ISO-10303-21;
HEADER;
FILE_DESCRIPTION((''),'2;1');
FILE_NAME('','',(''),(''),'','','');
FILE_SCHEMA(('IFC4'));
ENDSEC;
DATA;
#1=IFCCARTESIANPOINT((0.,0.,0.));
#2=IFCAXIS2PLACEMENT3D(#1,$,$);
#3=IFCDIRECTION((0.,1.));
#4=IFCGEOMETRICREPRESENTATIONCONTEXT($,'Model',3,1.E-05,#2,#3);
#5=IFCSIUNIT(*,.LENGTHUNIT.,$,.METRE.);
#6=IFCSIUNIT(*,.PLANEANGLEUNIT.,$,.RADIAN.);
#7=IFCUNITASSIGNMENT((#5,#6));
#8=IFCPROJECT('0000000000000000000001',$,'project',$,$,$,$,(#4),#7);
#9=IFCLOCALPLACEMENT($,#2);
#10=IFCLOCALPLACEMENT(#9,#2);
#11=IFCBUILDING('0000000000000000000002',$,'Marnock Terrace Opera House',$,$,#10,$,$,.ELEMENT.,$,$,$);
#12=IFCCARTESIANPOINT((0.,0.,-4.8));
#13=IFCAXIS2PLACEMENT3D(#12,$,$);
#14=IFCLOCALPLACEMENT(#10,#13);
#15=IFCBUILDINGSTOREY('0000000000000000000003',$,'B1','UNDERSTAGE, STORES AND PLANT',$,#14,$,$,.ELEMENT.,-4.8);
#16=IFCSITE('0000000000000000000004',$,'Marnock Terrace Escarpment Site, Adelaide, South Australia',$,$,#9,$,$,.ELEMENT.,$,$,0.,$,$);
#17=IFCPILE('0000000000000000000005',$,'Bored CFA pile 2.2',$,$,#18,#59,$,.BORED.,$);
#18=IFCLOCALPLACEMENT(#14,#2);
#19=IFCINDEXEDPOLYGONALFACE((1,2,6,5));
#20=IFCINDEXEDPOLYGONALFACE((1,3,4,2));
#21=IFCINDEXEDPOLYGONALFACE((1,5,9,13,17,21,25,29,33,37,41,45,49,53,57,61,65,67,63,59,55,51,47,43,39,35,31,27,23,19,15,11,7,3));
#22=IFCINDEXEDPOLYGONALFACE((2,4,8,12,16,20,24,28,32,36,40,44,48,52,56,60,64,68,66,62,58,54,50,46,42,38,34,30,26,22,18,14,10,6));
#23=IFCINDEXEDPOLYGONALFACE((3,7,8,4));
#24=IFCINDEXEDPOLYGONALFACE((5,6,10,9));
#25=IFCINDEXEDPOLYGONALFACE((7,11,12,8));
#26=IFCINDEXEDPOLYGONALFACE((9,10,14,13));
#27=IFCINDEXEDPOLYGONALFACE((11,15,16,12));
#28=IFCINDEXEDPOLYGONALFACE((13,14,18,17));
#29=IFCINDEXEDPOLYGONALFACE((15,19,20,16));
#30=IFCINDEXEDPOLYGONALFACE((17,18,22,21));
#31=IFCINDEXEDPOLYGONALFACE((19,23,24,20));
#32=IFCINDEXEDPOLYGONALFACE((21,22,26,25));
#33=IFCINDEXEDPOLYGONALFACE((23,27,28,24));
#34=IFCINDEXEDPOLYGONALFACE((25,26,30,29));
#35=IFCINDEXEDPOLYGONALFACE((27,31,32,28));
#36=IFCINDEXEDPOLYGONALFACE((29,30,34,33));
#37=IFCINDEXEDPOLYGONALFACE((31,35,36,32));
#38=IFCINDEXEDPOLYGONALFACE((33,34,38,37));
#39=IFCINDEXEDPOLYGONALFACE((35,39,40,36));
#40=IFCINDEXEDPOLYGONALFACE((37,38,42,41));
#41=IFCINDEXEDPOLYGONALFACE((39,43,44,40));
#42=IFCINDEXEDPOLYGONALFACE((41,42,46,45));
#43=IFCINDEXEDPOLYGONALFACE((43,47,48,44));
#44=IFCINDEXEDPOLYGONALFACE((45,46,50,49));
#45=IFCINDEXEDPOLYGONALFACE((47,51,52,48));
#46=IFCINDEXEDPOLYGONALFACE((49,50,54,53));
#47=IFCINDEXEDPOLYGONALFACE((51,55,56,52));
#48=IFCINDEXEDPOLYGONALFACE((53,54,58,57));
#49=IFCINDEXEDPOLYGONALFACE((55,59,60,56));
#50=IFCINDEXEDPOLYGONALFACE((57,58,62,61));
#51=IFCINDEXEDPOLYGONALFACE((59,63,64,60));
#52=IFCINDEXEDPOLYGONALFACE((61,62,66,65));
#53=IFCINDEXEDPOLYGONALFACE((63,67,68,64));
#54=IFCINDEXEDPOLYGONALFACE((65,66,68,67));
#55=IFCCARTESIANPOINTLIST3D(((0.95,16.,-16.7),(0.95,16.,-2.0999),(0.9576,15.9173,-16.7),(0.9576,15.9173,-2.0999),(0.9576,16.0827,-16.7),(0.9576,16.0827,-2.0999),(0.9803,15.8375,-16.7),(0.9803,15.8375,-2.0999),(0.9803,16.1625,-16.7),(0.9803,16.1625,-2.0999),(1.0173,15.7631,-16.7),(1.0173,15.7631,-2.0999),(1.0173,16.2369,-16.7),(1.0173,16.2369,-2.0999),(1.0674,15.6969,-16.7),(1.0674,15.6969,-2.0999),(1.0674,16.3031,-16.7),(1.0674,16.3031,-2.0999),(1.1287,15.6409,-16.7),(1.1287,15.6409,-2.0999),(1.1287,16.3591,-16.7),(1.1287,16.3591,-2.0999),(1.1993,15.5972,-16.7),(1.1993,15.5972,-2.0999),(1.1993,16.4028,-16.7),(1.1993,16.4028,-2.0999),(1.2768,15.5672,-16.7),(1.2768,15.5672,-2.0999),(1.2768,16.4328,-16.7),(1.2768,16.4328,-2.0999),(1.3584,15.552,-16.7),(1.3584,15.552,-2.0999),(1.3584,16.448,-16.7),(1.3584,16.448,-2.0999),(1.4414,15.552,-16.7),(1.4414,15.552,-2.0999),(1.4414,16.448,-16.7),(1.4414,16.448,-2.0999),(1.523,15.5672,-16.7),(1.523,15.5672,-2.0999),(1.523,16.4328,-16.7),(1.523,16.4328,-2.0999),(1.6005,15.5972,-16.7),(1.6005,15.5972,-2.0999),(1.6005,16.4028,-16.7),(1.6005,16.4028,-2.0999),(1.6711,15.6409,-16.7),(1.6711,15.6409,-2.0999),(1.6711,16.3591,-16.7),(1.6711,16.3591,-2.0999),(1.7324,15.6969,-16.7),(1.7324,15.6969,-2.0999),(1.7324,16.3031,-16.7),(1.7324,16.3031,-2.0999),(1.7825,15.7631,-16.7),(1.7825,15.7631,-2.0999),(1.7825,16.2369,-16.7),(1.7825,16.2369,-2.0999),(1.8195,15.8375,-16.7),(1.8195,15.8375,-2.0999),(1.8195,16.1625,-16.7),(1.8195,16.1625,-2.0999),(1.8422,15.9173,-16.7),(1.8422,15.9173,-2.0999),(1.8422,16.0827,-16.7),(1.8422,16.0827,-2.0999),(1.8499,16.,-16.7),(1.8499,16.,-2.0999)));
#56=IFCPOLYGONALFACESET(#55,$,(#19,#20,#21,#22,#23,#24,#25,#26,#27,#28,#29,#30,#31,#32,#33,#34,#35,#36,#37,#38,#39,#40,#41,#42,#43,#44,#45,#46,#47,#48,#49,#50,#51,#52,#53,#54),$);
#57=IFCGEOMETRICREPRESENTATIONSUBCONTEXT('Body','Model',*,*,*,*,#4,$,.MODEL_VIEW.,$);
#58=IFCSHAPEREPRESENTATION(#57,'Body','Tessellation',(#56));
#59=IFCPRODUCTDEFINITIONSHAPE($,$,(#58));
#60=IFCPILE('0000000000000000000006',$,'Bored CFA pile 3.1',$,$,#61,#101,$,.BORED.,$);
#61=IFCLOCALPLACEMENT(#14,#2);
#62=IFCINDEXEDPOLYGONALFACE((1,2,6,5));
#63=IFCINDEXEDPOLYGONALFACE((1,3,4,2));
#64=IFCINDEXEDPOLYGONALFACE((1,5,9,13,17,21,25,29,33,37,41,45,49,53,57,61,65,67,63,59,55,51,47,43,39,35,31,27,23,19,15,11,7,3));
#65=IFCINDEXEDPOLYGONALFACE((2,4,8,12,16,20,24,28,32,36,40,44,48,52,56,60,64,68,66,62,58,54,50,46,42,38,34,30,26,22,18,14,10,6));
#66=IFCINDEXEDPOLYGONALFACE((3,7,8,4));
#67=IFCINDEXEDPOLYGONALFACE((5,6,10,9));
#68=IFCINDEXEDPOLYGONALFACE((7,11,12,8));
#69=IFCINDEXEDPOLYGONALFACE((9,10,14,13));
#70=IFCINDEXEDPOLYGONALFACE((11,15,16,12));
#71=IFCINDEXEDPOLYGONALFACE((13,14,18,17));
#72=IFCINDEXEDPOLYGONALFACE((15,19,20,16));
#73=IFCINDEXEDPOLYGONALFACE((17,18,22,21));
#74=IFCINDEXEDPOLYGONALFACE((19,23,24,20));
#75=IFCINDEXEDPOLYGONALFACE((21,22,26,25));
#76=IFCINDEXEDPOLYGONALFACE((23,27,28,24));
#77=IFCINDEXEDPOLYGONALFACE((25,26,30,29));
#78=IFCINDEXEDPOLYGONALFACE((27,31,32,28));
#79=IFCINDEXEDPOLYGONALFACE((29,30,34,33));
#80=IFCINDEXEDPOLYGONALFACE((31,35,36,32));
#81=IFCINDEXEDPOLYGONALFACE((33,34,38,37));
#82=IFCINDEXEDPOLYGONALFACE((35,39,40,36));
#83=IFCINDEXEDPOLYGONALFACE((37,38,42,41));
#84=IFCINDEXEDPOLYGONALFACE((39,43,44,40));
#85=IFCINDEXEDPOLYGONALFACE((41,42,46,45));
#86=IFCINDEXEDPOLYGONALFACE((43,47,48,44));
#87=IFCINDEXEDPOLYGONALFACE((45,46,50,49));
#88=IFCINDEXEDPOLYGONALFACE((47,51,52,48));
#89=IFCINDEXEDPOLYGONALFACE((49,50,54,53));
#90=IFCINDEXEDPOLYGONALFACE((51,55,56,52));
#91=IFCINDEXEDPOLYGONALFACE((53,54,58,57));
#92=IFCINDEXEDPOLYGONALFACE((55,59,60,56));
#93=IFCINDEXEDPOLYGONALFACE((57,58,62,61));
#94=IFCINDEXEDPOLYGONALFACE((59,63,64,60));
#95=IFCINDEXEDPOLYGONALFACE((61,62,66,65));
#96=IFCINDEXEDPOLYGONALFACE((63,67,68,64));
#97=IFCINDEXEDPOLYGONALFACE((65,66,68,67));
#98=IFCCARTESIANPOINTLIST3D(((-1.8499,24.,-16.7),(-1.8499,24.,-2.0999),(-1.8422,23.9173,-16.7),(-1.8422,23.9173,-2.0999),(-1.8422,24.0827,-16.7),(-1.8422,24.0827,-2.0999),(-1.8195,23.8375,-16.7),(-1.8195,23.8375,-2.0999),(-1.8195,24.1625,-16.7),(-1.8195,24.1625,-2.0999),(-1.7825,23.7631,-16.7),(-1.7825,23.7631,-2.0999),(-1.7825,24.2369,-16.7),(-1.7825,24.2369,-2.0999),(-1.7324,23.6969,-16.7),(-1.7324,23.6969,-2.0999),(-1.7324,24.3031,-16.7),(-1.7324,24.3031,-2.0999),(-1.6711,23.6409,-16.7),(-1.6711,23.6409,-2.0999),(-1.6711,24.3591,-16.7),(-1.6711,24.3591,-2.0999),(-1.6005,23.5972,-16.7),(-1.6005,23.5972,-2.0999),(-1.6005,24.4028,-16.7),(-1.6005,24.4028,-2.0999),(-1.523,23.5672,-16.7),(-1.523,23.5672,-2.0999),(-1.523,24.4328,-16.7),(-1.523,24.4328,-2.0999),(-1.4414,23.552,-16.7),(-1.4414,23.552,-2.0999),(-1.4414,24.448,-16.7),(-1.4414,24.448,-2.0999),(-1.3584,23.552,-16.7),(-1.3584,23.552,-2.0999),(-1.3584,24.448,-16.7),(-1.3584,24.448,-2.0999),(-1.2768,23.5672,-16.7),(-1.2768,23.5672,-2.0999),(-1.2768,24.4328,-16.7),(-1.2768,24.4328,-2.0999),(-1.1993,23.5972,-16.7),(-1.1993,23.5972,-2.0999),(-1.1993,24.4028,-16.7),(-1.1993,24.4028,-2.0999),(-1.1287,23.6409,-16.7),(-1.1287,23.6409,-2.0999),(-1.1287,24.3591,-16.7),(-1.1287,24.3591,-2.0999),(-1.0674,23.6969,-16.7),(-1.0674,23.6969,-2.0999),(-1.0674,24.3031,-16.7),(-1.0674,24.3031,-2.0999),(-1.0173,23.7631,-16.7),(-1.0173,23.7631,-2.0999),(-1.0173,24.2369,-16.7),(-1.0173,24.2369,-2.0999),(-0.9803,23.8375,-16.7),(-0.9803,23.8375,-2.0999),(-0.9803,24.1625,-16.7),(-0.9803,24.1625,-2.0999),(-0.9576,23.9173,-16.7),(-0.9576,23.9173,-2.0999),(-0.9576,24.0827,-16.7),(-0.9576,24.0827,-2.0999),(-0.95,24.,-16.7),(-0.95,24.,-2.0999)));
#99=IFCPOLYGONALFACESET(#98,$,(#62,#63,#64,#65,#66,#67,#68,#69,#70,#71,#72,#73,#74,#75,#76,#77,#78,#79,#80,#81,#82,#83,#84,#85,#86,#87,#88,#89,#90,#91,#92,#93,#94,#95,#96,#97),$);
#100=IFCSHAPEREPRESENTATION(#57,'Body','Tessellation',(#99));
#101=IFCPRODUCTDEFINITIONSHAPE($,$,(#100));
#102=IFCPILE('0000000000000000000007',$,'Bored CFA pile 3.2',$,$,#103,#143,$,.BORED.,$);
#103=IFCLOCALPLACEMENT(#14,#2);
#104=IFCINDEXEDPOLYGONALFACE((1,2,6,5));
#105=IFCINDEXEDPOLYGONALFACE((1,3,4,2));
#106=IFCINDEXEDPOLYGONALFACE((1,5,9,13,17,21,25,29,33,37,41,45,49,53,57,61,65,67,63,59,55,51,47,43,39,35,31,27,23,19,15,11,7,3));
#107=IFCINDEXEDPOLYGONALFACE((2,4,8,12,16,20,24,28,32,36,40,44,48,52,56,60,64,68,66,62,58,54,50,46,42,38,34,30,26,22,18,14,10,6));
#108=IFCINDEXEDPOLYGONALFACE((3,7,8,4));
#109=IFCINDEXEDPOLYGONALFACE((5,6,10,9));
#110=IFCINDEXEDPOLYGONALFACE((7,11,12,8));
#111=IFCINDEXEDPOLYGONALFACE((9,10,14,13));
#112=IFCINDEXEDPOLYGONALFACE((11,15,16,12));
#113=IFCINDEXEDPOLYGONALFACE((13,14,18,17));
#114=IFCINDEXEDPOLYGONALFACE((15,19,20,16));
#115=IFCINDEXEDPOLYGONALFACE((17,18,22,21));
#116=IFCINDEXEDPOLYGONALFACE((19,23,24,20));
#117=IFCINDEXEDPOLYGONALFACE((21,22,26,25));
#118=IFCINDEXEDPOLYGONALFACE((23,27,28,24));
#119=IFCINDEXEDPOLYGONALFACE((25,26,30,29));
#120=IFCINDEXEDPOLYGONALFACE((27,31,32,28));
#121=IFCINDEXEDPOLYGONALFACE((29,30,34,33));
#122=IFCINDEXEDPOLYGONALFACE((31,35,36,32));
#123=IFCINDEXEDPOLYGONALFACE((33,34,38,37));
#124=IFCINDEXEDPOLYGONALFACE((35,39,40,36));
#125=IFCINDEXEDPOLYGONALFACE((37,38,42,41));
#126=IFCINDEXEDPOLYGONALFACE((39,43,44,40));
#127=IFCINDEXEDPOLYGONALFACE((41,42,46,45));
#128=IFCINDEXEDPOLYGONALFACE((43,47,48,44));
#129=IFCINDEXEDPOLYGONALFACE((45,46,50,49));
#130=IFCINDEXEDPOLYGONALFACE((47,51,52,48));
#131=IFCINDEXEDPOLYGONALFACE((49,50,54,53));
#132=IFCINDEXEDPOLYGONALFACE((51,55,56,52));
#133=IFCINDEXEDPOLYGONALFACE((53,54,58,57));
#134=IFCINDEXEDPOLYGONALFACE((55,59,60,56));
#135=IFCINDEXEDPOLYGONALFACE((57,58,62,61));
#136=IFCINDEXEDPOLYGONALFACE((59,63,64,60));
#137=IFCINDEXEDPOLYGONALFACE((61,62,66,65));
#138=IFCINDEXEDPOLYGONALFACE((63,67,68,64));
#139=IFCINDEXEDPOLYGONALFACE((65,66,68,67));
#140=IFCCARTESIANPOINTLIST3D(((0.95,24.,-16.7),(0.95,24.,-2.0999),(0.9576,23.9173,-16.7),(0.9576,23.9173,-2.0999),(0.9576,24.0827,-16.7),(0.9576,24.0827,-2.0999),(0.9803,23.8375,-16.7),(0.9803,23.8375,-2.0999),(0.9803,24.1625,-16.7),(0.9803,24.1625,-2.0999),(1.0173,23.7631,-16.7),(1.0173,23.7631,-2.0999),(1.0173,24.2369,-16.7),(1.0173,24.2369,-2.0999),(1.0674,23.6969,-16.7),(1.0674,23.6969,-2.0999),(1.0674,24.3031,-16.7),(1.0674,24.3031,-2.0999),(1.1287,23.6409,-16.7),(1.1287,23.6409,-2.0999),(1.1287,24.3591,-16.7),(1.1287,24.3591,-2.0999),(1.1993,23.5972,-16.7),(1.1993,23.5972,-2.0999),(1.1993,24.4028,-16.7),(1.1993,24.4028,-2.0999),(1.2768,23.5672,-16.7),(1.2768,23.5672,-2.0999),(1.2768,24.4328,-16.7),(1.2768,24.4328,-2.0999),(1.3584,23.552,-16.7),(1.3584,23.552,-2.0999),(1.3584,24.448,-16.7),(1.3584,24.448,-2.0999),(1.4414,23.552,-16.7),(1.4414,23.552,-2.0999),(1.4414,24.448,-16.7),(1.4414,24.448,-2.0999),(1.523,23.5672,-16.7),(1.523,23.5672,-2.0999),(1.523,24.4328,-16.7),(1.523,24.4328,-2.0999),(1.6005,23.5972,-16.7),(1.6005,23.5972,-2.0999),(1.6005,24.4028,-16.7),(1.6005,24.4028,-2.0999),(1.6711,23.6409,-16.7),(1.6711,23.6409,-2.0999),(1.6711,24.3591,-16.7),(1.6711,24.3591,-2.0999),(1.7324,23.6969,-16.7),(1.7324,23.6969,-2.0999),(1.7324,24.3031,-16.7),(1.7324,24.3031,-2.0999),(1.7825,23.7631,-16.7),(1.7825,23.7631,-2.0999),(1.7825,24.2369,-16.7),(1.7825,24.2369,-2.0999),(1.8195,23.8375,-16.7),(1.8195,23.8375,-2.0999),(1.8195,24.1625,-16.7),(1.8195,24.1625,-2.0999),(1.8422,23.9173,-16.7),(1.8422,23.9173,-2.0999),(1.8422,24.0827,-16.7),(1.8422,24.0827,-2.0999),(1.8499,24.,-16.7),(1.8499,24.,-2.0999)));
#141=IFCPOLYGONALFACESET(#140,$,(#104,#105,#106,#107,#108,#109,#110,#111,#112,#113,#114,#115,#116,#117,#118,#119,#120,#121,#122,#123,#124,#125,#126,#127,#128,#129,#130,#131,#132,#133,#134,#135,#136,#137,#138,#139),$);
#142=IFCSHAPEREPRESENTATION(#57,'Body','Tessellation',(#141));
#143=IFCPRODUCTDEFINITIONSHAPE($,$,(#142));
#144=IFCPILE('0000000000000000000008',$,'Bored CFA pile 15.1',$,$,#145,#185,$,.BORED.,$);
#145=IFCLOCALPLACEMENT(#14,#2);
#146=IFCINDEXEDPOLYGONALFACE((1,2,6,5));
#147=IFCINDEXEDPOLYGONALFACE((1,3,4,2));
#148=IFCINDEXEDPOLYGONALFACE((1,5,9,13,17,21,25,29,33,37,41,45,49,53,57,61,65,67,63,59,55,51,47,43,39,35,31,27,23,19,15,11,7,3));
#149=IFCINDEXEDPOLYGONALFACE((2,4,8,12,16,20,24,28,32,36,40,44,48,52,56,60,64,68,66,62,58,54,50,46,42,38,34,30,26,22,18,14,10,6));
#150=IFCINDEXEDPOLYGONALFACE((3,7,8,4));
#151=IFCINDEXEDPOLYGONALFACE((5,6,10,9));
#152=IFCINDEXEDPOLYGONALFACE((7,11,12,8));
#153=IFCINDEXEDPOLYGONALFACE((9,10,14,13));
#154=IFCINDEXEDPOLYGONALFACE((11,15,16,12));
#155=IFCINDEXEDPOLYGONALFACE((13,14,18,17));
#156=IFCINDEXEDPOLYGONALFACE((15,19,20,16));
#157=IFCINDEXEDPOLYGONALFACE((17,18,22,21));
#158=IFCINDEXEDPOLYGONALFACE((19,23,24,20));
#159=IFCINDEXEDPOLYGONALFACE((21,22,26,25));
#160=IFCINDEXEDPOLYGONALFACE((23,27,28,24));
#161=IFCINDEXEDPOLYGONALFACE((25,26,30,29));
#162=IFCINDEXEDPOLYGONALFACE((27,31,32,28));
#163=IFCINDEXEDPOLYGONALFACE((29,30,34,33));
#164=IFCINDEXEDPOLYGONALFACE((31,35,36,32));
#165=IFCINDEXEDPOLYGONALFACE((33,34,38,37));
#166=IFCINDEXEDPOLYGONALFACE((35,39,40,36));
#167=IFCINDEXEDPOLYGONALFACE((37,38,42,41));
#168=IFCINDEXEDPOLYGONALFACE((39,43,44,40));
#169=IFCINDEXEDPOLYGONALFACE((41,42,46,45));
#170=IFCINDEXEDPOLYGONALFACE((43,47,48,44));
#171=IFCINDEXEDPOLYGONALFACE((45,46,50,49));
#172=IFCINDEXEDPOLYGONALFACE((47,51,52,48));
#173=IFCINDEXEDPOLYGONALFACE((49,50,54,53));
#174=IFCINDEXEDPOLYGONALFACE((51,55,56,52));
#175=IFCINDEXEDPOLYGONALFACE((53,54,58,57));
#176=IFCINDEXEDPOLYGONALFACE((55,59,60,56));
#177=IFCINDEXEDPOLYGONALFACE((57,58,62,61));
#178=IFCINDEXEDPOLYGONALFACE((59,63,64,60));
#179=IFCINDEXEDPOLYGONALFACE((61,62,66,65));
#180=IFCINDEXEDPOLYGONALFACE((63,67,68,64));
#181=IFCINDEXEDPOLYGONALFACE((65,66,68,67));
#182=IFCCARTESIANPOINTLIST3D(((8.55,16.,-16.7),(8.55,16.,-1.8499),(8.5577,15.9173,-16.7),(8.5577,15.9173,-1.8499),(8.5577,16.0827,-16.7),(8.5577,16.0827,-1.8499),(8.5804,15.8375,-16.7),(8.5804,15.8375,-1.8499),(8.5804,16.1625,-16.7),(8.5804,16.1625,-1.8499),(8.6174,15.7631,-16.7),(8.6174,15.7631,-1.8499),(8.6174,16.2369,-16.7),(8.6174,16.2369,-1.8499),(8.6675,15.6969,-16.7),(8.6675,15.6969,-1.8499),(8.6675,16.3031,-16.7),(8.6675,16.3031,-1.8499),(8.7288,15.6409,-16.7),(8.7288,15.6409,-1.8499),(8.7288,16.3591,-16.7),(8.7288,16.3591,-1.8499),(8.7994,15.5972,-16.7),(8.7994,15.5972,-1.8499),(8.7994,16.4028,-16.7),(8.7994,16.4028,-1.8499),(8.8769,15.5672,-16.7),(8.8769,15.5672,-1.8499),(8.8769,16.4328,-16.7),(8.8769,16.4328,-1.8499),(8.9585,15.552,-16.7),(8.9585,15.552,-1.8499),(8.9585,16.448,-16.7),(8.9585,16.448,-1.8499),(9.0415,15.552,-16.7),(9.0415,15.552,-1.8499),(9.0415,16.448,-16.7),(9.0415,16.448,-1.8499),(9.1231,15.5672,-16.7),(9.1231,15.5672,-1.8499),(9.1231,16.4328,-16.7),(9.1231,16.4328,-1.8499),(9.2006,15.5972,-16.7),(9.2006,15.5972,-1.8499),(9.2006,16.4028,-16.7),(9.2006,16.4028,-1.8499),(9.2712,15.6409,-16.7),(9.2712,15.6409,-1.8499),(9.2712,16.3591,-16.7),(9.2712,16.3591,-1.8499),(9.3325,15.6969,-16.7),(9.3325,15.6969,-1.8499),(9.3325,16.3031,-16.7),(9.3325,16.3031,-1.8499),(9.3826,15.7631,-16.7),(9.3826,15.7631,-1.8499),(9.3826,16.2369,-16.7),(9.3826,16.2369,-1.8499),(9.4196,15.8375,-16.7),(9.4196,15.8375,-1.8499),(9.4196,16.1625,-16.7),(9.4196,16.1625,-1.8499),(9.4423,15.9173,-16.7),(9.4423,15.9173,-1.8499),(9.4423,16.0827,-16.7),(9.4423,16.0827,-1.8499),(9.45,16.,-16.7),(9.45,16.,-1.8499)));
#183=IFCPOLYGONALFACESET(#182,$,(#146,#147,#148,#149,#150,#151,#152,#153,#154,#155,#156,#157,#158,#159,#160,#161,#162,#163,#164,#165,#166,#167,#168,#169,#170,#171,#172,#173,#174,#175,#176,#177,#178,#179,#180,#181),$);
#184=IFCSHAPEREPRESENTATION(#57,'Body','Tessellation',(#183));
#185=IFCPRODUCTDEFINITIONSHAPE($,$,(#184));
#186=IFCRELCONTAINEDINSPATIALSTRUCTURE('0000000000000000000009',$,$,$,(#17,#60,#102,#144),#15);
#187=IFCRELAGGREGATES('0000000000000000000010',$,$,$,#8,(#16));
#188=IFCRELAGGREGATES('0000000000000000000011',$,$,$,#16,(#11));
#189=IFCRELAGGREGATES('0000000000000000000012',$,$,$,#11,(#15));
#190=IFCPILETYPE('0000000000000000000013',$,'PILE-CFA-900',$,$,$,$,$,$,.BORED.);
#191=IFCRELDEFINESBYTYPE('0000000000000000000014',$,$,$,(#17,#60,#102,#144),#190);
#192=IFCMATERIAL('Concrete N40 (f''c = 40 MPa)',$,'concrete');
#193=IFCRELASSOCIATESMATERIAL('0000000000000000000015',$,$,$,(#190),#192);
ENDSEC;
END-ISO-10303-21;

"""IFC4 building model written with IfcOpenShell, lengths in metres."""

from ifc_helpers import new_model, si_unit, direction, frame, origin, origin_2d, place, context, subcontext, project, spatial, circle, extrude, material, material_profile, profile_set, type_object, element, save


model = new_model("IFC4")

# Units and contexts
model_context = context("Model", 3, precision=1e-05, world=origin(), true_north=direction((0.0, 1.0)))
body_context = subcontext(model_context, "Body", "Model", "MODEL_VIEW")
ifc_project = project(units=[si_unit("LENGTHUNIT", "METRE"), si_unit("PLANEANGLEUNIT", "RADIAN")], contexts=[model_context])

# Site, building, storey
site_placement = place(None, origin())
site = spatial("IfcSite", under=ifc_project, at=site_placement, Name="Marnock Terrace Escarpment Site, Adelaide, South Australia", CompositionType="ELEMENT", RefElevation=0.0)
building_placement = place(site_placement, origin())
building = spatial("IfcBuilding", under=site, at=building_placement, Name="Marnock Terrace Opera House", CompositionType="ELEMENT")
storey_placement = place(building_placement, frame((0.0, 0.0, -4.8)))
storey = spatial("IfcBuildingStorey", under=building, at=storey_placement, Name="B1", Description="UNDERSTAGE, STORES AND PLANT", CompositionType="ELEMENT", Elevation=-4.8)

# Shared definitions
ifc_material_1 = material(Name="Concrete N40 (f'c = 40 MPa)", Category="concrete")

# Piles
ifc_material_profile_1 = material_profile(ifc_material_1, circle(Radius=0.45, at=origin_2d()))
ifc_profile_set_1 = profile_set([ifc_material_profile_1], Name="Concrete N40 (f'c = 40 MPa)")
pile_type = type_object("IfcPileType", Name="PILE-CFA-900", PredefinedType="BORED", material=ifc_profile_set_1)
for number, where, z_axis, x_axis, name in (
    (1, (1.3999, 16.0, -2.0999), (0.0, 0.0, -1.0), (1.0, 0.0, 0.0), "Bored CFA pile 2.2"),
    (2, (-1.3999, 24.0, -2.0999), (0.0, 0.0, -1.0), (1.0, 0.0, 0.0), "Bored CFA pile 3.1"),
    (3, (1.3999, 24.0, -2.0999), (0.0, 0.0, -1.0), (1.0, 0.0, 0.0), "Bored CFA pile 3.2"),
):
    element("IfcPile", number, at=place(storey_placement, frame(where, z_axis=z_axis, x_axis=x_axis)), inside=storey, type_object=pile_type, Name=name, PredefinedType="BORED", context=body_context, shape_type="SweptSolid", body=[
        extrude(circle(Radius=0.45, at=origin_2d()), origin(), (0.0, 0.0, 1.0), 14.6001),
    ])
for number, where, z_axis, x_axis, name in (
    (4, (9.0, 16.0, -1.8499), (0.0, 0.0, -1.0), (1.0, 0.0, 0.0), "Bored CFA pile 15.1"),
):
    element("IfcPile", number, at=place(storey_placement, frame(where, z_axis=z_axis, x_axis=x_axis)), inside=storey, type_object=pile_type, Name=name, PredefinedType="BORED", context=body_context, shape_type="SweptSolid", body=[
        extrude(circle(Radius=0.45, at=origin_2d()), origin(), (0.0, 0.0, 1.0), 14.8501),
    ])

save(model, "model.ifc")
